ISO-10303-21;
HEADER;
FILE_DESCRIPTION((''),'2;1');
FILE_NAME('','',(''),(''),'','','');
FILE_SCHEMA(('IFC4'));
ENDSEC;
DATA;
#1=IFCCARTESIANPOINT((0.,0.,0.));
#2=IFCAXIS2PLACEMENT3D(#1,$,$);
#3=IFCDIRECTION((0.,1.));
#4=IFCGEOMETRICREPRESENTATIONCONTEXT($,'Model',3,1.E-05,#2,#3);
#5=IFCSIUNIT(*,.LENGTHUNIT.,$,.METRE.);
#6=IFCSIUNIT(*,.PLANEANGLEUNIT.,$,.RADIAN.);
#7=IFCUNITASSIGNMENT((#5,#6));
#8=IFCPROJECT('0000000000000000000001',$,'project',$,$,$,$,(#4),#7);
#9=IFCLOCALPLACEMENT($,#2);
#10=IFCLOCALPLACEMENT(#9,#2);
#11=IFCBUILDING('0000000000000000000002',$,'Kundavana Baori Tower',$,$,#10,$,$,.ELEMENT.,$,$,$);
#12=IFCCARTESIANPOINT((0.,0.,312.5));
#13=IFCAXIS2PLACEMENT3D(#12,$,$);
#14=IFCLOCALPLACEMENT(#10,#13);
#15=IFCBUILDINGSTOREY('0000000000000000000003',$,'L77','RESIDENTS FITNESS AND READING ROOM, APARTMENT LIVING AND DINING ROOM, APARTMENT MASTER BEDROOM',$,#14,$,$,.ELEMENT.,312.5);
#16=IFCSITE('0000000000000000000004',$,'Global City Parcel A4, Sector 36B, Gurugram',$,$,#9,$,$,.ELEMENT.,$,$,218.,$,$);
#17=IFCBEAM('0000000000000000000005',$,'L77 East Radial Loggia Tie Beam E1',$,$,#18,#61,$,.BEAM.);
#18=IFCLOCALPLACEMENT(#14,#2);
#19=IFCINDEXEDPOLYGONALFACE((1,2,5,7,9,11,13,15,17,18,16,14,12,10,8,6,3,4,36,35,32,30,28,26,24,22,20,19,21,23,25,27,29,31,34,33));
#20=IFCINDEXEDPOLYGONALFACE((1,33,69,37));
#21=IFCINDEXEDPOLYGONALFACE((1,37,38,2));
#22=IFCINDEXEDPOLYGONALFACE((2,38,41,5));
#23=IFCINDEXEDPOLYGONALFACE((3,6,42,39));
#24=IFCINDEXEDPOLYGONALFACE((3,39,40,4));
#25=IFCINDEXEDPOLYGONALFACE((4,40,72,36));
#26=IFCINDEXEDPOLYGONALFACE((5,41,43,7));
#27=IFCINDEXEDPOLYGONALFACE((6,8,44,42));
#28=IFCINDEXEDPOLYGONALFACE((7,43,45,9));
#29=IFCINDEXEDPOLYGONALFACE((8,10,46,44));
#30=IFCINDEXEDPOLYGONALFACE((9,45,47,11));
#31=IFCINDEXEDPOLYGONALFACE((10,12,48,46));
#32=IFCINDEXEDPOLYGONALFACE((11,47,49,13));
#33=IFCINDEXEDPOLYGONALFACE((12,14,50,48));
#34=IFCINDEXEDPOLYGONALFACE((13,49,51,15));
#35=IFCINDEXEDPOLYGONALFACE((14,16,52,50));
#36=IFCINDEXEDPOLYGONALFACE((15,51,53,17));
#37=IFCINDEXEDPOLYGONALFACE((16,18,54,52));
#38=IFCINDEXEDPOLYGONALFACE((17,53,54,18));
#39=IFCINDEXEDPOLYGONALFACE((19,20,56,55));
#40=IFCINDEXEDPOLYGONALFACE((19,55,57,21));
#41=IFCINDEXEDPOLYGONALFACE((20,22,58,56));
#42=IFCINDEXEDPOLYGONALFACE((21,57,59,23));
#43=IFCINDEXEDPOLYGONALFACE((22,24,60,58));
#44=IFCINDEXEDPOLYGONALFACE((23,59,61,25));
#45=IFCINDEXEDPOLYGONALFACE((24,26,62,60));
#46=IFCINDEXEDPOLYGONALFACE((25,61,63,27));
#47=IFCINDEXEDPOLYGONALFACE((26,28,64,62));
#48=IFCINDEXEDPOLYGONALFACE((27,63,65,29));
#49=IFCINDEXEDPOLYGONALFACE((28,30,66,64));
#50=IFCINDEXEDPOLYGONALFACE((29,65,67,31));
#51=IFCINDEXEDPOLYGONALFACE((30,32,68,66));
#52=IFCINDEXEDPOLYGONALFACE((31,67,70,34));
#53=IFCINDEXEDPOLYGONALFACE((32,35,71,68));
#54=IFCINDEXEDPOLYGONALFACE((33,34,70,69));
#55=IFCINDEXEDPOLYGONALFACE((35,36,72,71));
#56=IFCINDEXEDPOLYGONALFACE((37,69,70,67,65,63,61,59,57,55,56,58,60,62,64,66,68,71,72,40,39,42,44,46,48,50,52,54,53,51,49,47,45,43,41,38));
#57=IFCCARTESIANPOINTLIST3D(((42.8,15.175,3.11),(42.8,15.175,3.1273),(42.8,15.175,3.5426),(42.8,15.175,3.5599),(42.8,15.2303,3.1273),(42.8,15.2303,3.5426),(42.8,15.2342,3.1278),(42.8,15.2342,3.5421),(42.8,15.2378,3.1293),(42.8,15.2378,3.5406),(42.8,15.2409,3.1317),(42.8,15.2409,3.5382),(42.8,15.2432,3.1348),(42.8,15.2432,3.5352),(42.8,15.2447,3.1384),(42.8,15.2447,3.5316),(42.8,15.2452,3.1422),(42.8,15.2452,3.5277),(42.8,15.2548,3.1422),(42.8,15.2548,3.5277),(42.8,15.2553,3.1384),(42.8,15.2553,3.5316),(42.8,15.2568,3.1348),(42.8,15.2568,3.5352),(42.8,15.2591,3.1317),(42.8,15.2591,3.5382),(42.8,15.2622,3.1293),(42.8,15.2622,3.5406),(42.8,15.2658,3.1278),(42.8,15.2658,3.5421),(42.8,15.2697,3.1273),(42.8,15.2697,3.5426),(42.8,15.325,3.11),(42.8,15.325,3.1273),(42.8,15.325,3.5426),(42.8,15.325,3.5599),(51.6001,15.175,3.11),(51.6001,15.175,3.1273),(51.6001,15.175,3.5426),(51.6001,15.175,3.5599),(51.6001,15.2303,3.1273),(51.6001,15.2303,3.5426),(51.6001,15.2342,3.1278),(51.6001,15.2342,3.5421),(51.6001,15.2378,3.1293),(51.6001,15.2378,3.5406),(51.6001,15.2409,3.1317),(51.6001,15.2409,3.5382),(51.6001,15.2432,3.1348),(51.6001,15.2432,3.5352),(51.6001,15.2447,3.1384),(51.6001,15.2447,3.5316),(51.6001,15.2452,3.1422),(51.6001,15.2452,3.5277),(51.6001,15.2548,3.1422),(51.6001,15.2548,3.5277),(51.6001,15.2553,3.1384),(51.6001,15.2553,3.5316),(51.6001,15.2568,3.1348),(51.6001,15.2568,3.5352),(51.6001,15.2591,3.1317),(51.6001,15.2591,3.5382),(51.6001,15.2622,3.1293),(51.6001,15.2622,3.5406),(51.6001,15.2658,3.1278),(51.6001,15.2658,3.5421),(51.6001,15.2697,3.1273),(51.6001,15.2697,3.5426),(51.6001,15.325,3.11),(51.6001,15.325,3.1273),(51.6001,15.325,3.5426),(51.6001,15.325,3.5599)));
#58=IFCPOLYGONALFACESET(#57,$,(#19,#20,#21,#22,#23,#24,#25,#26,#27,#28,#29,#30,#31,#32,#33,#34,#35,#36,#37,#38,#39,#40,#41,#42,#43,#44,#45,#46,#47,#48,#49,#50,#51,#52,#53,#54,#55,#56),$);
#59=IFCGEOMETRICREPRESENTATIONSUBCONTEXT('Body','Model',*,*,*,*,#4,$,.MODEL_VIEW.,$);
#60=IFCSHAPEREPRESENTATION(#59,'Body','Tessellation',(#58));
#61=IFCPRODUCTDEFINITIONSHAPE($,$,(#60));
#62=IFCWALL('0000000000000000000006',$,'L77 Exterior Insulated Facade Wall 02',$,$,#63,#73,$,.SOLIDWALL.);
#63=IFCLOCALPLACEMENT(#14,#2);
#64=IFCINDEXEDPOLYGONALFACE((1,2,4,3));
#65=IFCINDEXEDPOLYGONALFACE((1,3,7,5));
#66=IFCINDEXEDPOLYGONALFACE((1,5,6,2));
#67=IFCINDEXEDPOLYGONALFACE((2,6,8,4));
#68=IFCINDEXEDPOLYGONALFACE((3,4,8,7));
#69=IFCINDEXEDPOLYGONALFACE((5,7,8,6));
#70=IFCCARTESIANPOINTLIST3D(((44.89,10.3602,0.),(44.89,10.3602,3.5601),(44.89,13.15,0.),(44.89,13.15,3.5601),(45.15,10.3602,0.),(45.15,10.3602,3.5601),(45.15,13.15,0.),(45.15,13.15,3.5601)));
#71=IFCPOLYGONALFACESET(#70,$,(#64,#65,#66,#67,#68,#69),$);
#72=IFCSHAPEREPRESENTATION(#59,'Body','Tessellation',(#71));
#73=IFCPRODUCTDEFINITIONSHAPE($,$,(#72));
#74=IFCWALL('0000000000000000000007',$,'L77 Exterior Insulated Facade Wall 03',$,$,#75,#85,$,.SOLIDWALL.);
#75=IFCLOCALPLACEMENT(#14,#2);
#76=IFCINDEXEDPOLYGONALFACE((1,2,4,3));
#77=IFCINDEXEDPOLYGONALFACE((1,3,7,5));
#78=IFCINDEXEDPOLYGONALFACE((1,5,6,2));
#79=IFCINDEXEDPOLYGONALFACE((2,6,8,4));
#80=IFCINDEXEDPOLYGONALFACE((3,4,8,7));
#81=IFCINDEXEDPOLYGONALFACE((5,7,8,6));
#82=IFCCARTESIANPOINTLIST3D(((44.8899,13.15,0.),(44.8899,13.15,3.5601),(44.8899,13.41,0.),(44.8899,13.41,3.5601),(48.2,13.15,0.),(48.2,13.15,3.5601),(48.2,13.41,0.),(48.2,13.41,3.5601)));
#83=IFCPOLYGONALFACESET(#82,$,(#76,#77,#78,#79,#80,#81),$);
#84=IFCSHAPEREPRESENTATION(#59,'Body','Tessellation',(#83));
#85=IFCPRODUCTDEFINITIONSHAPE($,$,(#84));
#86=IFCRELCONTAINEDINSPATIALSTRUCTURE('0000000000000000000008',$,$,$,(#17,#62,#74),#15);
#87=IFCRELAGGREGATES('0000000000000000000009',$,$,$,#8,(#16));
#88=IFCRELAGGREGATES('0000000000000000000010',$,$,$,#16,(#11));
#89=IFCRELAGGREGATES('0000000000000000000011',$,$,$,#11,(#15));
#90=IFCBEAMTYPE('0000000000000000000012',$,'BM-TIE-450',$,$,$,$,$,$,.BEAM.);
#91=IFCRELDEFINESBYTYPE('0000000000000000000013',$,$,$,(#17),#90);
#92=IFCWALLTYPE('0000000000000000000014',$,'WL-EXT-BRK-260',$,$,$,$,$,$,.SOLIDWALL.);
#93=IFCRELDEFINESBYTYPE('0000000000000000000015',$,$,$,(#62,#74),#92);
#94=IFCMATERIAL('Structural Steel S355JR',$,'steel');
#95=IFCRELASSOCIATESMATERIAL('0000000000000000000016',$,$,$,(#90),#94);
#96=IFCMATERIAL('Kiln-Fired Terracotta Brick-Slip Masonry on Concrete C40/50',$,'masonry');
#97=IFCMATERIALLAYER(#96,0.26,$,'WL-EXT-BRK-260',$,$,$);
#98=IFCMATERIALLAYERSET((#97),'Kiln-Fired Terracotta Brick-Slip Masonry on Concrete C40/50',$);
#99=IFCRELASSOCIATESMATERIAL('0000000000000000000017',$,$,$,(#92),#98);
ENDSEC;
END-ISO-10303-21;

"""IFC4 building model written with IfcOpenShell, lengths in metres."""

from ifc_helpers import new_model, si_unit, direction, frame, frame_2d, origin, origin_2d, place, context, subcontext, project, spatial, rectangle, i_section, extrude, material, layer, layer_set, material_profile, profile_set, type_object, element, save


model = new_model("IFC4")

# Units and contexts
model_context = context("Model", 3, precision=1e-05, world=origin(), true_north=direction((0.0, 1.0)))
body_context = subcontext(model_context, "Body", "Model", "MODEL_VIEW")
ifc_project = project(units=[si_unit("LENGTHUNIT", "METRE"), si_unit("PLANEANGLEUNIT", "RADIAN")], contexts=[model_context])

# Site, building, storey
site_placement = place(None, origin())
site = spatial("IfcSite", under=ifc_project, at=site_placement, Name="Global City Parcel A4, Sector 36B, Gurugram", CompositionType="ELEMENT", RefElevation=218.0)
building_placement = place(site_placement, origin())
building = spatial("IfcBuilding", under=site, at=building_placement, Name="Kundavana Baori Tower", CompositionType="ELEMENT")
storey_placement = place(building_placement, frame((0.0, 0.0, 312.5)))
storey = spatial("IfcBuildingStorey", under=building, at=storey_placement, Name="L77", Description="RESIDENTS FITNESS AND READING ROOM, APARTMENT LIVING AND DINING ROOM, APARTMENT MASTER BEDROOM", CompositionType="ELEMENT", Elevation=312.5)

# Beam
ifc_material_1 = material(Name="Structural Steel S355JR", Category="steel")
ifc_material_profile_1 = material_profile(ifc_material_1, i_section(OverallWidth=0.1499, OverallDepth=0.45, WebThickness=0.0095, FlangeThickness=0.0173, FilletRadius=0.0149, at=origin_2d()), Name="ISMB 450")
ifc_profile_set_1 = profile_set([ifc_material_profile_1], Name="Structural Steel S355JR")
beam_type_1 = type_object("IfcBeamType", Name="BM-TIE-450", PredefinedType="BEAM", material=ifc_profile_set_1)
beam_1_placement = place(storey_placement, frame((42.8, 15.25, 3.335), z_axis=(1.0, 0.0, 0.0), x_axis=(0.0, 1.0, 0.0)))
element("IfcBeam", 1, at=beam_1_placement, inside=storey, type_object=beam_type_1, Name="L77 East Radial Loggia Tie Beam E1", PredefinedType="BEAM", context=body_context, shape_type="SweptSolid", body=[
    extrude(i_section(OverallWidth=0.1499, OverallDepth=0.45, WebThickness=0.0095, FlangeThickness=0.0173, FilletRadius=0.0149, at=origin_2d()), origin(), (0.0, 0.0, 1.0), 8.8),
])

# Walls
ifc_material_2 = material(Name="Kiln-Fired Terracotta Brick-Slip Masonry on Concrete C40/50", Category="masonry")
ifc_layer_1 = layer(ifc_material_2, 0.26, Name="WL-EXT-BRK-260")
ifc_layer_set_1 = layer_set([ifc_layer_1], Name="Kiln-Fired Terracotta Brick-Slip Masonry on Concrete C40/50")
wall_type_1 = type_object("IfcWallType", Name="WL-EXT-BRK-260", PredefinedType="SOLIDWALL", material=ifc_layer_set_1)
wall_1_placement = place(storey_placement, frame((45.02, 10.3601, 0.0), z_axis=(0.0, 0.0, 1.0), x_axis=(0.0, 1.0, 0.0)))
element("IfcWall", 2, at=wall_1_placement, inside=storey, type_object=wall_type_1, Name="L77 Exterior Insulated Facade Wall 02", PredefinedType="SOLIDWALL", context=body_context, shape_type="SweptSolid", body=[
    extrude(rectangle(XDim=2.7898, YDim=0.26, at=frame_2d((1.395, 0.0))), origin(), (0.0, 0.0, 1.0), 3.5601),
])
wall_2_placement = place(storey_placement, frame((44.8899, 13.28, 0.0), z_axis=(0.0, 0.0, 1.0), x_axis=(1.0, 0.0, 0.0)))
element("IfcWall", 3, at=wall_2_placement, inside=storey, type_object=wall_type_1, Name="L77 Exterior Insulated Facade Wall 03", PredefinedType="SOLIDWALL", context=body_context, shape_type="SweptSolid", body=[
    extrude(rectangle(XDim=3.3101, YDim=0.26, at=frame_2d((1.655, 0.0))), origin(), (0.0, 0.0, 1.0), 3.5601),
])

save(model, "model.ifc")
